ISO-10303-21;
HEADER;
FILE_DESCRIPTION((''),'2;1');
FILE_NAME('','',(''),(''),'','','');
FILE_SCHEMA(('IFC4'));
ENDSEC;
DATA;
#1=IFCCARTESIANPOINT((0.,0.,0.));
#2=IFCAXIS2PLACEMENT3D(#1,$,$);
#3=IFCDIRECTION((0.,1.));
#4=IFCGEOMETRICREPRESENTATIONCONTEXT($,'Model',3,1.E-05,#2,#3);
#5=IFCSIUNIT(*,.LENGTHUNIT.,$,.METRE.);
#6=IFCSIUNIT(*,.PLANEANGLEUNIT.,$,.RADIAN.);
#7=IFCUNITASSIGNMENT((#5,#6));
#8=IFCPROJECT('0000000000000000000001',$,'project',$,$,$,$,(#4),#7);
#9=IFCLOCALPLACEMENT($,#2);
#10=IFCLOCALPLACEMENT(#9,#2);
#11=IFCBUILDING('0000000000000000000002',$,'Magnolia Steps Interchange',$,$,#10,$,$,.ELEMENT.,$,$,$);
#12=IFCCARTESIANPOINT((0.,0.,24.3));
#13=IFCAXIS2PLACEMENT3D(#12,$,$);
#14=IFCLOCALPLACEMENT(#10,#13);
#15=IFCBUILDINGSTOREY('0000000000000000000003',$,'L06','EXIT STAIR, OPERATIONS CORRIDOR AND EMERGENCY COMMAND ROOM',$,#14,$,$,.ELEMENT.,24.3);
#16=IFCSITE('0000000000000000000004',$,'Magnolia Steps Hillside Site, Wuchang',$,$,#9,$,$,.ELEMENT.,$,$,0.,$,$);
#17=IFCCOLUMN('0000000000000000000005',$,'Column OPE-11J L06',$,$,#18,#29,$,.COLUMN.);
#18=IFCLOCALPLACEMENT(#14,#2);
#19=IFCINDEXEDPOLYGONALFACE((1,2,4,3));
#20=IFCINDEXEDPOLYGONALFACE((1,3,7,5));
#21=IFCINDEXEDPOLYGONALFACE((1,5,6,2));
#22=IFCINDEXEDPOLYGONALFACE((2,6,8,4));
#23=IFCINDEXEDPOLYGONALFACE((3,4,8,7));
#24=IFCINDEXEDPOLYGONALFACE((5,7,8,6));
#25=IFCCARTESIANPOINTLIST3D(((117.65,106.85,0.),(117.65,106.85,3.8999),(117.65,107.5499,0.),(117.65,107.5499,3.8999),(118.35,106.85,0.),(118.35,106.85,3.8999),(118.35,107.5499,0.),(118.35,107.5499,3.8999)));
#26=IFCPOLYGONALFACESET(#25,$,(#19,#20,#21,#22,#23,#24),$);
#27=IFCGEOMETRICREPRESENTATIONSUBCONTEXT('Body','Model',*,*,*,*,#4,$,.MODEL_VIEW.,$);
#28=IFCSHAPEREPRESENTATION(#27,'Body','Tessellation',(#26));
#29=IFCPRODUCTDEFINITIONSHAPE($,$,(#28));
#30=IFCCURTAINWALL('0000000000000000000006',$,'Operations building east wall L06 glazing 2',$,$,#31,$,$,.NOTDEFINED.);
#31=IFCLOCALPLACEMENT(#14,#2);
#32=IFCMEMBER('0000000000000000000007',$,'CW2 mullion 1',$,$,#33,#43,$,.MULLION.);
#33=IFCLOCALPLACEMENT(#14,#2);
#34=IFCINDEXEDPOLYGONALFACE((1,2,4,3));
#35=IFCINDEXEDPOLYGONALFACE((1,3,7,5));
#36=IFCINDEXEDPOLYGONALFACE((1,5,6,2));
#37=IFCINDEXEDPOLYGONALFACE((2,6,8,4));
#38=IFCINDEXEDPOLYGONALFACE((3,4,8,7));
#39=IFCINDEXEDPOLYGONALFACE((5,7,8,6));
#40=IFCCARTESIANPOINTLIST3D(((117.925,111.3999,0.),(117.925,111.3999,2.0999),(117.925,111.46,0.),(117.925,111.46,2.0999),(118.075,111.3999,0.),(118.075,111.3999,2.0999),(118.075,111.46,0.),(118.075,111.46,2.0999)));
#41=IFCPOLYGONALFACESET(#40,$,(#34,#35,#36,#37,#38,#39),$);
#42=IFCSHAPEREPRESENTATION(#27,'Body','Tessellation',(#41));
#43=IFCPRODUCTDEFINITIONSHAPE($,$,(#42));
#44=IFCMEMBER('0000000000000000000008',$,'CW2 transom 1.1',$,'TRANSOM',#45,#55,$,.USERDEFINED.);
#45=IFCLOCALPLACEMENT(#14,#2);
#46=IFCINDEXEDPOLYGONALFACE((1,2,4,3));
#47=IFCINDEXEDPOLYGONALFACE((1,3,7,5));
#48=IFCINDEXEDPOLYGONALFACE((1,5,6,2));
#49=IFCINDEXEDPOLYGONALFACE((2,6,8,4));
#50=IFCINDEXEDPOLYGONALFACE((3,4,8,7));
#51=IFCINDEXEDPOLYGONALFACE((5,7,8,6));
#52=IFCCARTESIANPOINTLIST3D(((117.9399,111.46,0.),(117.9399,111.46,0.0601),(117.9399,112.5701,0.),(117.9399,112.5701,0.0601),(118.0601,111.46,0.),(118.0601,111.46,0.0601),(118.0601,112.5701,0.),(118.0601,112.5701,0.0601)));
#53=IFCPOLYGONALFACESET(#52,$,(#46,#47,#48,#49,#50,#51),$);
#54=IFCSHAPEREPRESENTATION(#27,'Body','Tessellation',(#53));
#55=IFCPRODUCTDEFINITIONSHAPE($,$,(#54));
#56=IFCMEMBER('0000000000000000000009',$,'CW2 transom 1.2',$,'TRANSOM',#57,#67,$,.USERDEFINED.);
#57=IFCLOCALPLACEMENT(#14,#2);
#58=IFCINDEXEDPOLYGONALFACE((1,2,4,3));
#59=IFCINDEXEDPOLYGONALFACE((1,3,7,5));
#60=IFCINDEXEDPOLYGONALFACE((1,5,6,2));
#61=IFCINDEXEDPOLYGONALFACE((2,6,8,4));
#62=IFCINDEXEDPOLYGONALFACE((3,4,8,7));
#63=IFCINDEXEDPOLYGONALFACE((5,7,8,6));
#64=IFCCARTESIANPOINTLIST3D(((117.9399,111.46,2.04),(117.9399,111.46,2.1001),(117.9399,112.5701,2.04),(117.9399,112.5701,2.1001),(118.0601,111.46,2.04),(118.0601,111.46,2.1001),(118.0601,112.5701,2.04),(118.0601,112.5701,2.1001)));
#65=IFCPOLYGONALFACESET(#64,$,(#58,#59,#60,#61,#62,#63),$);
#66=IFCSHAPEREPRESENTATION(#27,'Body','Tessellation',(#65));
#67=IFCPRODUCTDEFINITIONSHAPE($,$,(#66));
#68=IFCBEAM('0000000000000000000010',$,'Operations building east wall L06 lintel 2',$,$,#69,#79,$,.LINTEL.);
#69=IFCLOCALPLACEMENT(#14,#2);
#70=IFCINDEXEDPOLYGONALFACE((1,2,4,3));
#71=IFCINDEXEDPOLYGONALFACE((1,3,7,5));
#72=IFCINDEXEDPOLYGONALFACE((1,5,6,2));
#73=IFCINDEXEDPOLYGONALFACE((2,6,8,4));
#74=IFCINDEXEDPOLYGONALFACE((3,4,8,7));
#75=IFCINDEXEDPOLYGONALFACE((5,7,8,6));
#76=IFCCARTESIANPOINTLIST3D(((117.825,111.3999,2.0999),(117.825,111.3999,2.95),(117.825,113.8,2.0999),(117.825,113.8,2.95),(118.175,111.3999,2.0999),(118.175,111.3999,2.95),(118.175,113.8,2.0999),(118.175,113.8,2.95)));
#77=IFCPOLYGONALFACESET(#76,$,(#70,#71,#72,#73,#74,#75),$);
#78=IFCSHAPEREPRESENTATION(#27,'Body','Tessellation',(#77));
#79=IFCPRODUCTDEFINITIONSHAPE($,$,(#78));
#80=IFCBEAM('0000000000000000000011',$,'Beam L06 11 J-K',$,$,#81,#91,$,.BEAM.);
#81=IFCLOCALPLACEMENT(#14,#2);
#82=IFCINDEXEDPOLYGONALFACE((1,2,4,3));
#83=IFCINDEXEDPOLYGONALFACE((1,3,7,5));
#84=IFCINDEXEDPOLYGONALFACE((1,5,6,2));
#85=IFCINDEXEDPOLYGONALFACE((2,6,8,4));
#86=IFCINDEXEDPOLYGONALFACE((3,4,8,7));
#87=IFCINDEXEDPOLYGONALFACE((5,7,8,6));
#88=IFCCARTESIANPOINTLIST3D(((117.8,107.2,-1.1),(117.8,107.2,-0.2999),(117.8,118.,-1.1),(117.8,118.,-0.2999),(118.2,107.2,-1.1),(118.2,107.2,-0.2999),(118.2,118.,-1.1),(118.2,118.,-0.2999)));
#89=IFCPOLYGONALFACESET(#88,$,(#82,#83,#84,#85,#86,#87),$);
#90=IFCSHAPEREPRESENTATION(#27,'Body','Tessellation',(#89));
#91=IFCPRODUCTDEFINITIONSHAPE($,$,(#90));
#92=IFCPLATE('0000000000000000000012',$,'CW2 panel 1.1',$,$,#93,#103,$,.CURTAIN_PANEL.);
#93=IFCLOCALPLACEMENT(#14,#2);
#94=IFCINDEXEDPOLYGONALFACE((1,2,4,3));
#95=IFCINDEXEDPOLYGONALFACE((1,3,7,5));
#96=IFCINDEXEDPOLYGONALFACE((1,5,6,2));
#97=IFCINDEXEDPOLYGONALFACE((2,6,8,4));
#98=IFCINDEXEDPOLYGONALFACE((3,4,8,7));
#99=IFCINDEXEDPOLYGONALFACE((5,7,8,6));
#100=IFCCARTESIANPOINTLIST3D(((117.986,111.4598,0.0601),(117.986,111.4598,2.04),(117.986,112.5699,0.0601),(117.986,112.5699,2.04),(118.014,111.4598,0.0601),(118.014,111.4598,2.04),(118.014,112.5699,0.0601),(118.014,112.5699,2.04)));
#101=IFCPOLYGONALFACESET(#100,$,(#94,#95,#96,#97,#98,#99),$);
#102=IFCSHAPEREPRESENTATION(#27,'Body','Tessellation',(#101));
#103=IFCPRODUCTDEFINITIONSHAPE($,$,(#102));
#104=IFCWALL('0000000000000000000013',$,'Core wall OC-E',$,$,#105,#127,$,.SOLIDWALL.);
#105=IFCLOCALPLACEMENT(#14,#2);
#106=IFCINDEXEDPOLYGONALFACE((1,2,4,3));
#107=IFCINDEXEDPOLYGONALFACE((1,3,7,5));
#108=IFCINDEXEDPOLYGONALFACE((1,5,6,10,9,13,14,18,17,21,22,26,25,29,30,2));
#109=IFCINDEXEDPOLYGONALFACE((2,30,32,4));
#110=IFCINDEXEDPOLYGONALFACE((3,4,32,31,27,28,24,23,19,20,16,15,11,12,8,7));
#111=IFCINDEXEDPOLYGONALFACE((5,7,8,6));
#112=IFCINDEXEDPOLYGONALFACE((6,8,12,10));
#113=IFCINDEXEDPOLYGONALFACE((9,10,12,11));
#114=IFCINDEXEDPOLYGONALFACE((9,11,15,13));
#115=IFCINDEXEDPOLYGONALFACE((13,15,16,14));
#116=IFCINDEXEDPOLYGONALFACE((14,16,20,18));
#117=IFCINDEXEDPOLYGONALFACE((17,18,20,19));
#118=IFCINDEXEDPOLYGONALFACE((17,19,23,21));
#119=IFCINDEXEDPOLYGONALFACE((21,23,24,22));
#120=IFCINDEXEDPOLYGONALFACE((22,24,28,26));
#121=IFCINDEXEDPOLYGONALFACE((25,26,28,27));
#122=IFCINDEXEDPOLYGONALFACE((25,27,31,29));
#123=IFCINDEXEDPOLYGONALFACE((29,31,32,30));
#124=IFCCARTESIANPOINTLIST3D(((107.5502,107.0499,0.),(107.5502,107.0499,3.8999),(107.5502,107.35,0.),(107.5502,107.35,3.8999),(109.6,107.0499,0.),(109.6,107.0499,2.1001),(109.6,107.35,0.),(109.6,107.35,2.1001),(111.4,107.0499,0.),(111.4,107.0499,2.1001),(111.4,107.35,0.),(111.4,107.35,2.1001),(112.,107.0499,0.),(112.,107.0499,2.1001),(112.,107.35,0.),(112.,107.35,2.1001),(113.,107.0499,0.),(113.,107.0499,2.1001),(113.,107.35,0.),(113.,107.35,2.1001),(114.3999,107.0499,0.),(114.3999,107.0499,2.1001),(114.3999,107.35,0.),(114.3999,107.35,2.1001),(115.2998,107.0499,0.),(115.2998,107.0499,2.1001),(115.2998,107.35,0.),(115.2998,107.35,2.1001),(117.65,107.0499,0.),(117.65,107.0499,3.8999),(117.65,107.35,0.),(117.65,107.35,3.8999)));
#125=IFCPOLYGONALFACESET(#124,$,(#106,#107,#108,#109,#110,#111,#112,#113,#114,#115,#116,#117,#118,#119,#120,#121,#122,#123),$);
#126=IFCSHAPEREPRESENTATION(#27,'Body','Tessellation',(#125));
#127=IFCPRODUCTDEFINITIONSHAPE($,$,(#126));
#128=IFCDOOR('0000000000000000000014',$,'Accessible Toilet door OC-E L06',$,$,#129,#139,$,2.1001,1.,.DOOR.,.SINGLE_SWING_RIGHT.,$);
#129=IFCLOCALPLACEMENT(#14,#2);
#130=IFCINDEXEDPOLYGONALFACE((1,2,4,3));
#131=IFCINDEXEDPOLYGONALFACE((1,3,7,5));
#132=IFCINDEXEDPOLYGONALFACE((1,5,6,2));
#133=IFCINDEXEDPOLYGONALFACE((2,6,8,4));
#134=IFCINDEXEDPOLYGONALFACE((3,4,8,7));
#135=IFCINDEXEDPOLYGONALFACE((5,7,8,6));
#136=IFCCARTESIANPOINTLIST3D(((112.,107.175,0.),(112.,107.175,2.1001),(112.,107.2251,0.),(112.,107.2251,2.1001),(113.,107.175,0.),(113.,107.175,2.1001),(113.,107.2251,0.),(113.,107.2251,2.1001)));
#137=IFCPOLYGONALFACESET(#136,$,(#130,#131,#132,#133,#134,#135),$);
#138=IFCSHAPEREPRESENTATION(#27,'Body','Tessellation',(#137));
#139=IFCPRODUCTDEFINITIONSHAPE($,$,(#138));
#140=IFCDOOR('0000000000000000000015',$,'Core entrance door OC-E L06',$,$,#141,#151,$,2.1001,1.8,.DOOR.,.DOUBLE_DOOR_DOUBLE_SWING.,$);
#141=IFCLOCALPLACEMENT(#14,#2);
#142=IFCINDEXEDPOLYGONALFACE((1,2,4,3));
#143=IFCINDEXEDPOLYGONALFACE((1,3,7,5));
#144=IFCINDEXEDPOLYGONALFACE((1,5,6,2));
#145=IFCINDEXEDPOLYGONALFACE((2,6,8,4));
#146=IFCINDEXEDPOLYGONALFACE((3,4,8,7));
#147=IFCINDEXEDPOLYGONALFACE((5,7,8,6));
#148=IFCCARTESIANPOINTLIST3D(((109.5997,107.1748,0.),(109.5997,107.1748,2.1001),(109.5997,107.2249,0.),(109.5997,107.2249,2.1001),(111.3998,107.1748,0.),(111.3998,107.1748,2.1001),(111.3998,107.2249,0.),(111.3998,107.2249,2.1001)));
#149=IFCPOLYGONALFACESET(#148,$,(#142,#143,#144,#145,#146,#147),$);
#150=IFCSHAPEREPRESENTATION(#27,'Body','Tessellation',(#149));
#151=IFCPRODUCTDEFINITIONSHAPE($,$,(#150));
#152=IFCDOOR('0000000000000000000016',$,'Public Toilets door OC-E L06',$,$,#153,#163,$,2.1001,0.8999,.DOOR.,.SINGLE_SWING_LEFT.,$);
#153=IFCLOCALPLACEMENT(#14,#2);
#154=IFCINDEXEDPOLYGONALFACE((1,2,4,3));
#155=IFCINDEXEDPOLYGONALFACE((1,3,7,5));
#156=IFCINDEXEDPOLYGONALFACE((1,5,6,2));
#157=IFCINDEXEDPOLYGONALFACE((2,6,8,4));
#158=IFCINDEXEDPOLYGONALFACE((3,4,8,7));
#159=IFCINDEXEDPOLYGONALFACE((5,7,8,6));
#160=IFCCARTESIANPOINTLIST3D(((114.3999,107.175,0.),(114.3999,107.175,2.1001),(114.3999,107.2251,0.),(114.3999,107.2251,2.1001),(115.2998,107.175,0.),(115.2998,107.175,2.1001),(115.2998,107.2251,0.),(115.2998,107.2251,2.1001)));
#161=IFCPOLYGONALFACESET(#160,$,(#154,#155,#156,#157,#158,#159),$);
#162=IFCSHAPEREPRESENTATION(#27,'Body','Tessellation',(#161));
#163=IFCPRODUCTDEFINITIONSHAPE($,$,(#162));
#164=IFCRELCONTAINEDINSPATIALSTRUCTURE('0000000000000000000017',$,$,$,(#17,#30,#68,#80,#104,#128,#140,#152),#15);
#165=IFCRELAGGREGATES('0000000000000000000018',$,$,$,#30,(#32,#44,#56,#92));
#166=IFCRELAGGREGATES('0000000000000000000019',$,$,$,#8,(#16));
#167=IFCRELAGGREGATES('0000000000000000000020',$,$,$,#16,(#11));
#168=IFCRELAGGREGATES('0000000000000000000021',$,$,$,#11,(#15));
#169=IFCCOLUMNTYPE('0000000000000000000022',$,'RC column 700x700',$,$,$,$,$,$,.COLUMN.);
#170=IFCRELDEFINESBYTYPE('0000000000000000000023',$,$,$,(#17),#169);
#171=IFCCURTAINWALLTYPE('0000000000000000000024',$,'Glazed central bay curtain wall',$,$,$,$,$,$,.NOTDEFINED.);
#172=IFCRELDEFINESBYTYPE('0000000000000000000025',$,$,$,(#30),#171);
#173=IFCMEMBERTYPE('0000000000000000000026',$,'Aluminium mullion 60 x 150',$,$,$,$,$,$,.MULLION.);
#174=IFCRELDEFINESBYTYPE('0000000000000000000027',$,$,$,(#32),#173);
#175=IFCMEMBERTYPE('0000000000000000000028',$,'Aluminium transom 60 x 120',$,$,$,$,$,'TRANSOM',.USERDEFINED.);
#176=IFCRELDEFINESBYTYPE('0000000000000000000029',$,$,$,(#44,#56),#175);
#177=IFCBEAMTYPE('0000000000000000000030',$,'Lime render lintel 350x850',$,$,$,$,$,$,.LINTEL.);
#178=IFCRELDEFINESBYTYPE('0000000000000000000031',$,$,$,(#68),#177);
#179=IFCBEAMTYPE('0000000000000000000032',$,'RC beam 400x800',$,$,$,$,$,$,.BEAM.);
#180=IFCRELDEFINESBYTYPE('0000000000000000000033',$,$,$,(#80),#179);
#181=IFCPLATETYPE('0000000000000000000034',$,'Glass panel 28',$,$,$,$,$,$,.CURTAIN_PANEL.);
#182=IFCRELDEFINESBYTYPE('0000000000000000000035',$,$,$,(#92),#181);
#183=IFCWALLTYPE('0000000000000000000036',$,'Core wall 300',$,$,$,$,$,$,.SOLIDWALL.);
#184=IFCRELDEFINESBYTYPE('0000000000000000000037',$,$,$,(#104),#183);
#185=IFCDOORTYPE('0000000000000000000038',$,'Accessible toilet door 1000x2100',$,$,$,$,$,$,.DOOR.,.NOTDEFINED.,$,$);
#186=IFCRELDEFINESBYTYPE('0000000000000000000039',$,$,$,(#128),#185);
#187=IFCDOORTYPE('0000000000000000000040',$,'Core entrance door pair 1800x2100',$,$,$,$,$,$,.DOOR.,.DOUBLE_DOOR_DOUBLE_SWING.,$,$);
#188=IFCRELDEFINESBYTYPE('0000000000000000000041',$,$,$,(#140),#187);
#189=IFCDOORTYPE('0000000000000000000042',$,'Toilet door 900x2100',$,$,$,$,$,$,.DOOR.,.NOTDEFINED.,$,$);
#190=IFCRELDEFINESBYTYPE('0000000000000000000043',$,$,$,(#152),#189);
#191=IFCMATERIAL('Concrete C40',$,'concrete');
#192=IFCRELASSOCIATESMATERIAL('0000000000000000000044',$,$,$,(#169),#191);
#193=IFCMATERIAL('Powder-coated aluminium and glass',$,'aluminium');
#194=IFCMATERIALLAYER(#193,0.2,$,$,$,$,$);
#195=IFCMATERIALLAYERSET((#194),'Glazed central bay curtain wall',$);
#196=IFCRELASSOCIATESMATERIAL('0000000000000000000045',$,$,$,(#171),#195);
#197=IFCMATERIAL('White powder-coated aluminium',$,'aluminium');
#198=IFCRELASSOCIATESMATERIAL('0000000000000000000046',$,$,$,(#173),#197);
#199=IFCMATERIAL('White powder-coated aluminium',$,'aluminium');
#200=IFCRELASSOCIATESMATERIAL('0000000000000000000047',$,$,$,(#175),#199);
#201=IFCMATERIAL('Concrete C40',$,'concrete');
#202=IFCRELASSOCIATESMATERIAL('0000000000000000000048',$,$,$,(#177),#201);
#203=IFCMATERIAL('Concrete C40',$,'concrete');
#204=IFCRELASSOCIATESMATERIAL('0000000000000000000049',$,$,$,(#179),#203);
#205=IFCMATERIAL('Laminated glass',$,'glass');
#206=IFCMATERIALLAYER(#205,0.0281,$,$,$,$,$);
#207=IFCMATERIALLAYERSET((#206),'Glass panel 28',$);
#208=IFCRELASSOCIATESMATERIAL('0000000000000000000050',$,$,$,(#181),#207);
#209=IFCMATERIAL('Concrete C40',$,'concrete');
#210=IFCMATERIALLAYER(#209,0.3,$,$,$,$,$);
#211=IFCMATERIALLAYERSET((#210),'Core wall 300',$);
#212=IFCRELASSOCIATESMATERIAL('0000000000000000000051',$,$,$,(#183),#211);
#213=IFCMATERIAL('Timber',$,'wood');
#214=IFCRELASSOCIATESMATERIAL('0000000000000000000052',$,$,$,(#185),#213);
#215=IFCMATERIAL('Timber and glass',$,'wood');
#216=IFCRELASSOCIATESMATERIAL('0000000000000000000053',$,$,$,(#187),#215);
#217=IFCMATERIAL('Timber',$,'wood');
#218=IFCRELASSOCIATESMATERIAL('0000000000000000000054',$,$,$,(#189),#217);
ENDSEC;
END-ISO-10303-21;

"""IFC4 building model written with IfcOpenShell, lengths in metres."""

from ifc_helpers import new_model, si_unit, direction, frame, frame_2d, origin, origin_2d, place, context, subcontext, project, spatial, rectangle, extrude, material, layer, layer_set, material_profile, profile_set, type_object, element, fill, aggregate, save


model = new_model("IFC4")

# Units and contexts
model_context = context("Model", 3, precision=1e-05, world=origin(), true_north=direction((0.0, 1.0)))
body_context = subcontext(model_context, "Body", "Model", "MODEL_VIEW")
ifc_project = project(units=[si_unit("LENGTHUNIT", "METRE"), si_unit("PLANEANGLEUNIT", "RADIAN")], contexts=[model_context])

# Site, building, storey
site_placement = place(None, origin())
site = spatial("IfcSite", under=ifc_project, at=site_placement, Name="Magnolia Steps Hillside Site, Wuchang", CompositionType="ELEMENT", RefElevation=0.0)
building_placement = place(site_placement, origin())
building = spatial("IfcBuilding", under=site, at=building_placement, Name="Magnolia Steps Interchange", CompositionType="ELEMENT")
storey_placement = place(building_placement, frame((0.0, 0.0, 24.3)))
storey = spatial("IfcBuildingStorey", under=building, at=storey_placement, Name="L06", Description="EXIT STAIR, OPERATIONS CORRIDOR AND EMERGENCY COMMAND ROOM", CompositionType="ELEMENT", Elevation=24.3)

# Column
ifc_material_1 = material(Name="Concrete C40", Category="concrete")
ifc_material_profile_1 = material_profile(ifc_material_1, rectangle(XDim=0.7, YDim=0.7, at=origin_2d()), Name="RC700x700")
ifc_profile_set_1 = profile_set([ifc_material_profile_1], Name="Concrete C40")
column_type = type_object("IfcColumnType", Name="RC column 700x700", PredefinedType="COLUMN", material=ifc_profile_set_1)
column_placement = place(storey_placement, frame((118.0, 107.2, 0.0), z_axis=(0.0, 0.0, 1.0), x_axis=(1.0, 0.0, 0.0)))
element("IfcColumn", 1, at=column_placement, inside=storey, type_object=column_type, Name="Column OPE-11J L06", PredefinedType="COLUMN", context=body_context, shape_type="SweptSolid", body=[
    extrude(rectangle(XDim=0.7, YDim=0.7, at=origin_2d()), origin(), (0.0, 0.0, 1.0), 3.8999),
])

# Curtain wall, members
ifc_material_2 = material(Name="Powder-coated aluminium and glass", Category="aluminium")
ifc_layer_1 = layer(ifc_material_2, 0.2)
ifc_layer_set_1 = layer_set([ifc_layer_1], Name="Glazed central bay curtain wall")
curtain_wall_type = type_object("IfcCurtainWallType", Name="Glazed central bay curtain wall", PredefinedType="NOTDEFINED", material=ifc_layer_set_1)
curtain_wall_placement = place(storey_placement, origin())
curtain_wall = element("IfcCurtainWall", 2, at=curtain_wall_placement, inside=storey, type_object=curtain_wall_type, Name="Operations building east wall L06 glazing 2", PredefinedType="NOTDEFINED")
ifc_material_3 = material(Name="White powder-coated aluminium", Category="aluminium")
ifc_material_profile_2 = material_profile(ifc_material_3, rectangle(XDim=0.0601, YDim=0.1499, at=origin_2d()), Name="Aluminium mullion 60 x 150")
ifc_profile_set_2 = profile_set([ifc_material_profile_2], Name="White powder-coated aluminium")
member_type_1 = type_object("IfcMemberType", Name="Aluminium mullion 60 x 150", PredefinedType="MULLION", material=ifc_profile_set_2)
member_1_placement = place(storey_placement, frame((118.0, 111.4299, 0.0), z_axis=(0.0, 0.0, 1.0), x_axis=(0.0, 1.0, 0.0)))
member_1 = element("IfcMember", 3, at=member_1_placement, type_object=member_type_1, Name="CW2 mullion 1", PredefinedType="MULLION", context=body_context, shape_type="SweptSolid", body=[
    extrude(rectangle(XDim=0.0601, YDim=0.1499, at=origin_2d()), origin(), (0.0, 0.0, 1.0), 2.0999),
])
ifc_material_4 = material(Name="White powder-coated aluminium", Category="aluminium")
ifc_material_profile_3 = material_profile(ifc_material_4, rectangle(XDim=0.0601, YDim=0.1201, at=origin_2d()), Name="Aluminium transom 60 x 120")
ifc_profile_set_3 = profile_set([ifc_material_profile_3], Name="White powder-coated aluminium")
member_type_2 = type_object("IfcMemberType", Name="Aluminium transom 60 x 120", ElementType="TRANSOM", PredefinedType="USERDEFINED", material=ifc_profile_set_3)
member_2_placement = place(storey_placement, frame((118.0, 111.46, 0.03), z_axis=(0.0, 1.0, 0.0), x_axis=(0.0, 0.0, 1.0)))
member_2 = element("IfcMember", 4, at=member_2_placement, type_object=member_type_2, Name="CW2 transom 1.1", ObjectType="TRANSOM", PredefinedType="USERDEFINED", context=body_context, shape_type="SweptSolid", body=[
    extrude(rectangle(XDim=0.0601, YDim=0.1201, at=origin_2d()), origin(), (0.0, 0.0, 1.0), 1.1101),
])
member_3_placement = place(storey_placement, frame((118.0, 111.46, 2.0701), z_axis=(0.0, 1.0, 0.0), x_axis=(0.0, 0.0, 1.0)))
member_3 = element("IfcMember", 5, at=member_3_placement, type_object=member_type_2, Name="CW2 transom 1.2", ObjectType="TRANSOM", PredefinedType="USERDEFINED", context=body_context, shape_type="SweptSolid", body=[
    extrude(rectangle(XDim=0.0601, YDim=0.1201, at=origin_2d()), origin(), (0.0, 0.0, 1.0), 1.1101),
])

# Beams
ifc_material_5 = material(Name="Concrete C40", Category="concrete")
ifc_material_profile_4 = material_profile(ifc_material_5, rectangle(XDim=0.3501, YDim=0.8501, at=origin_2d()), Name="RC350x850")
ifc_profile_set_4 = profile_set([ifc_material_profile_4], Name="Concrete C40")
beam_type_1 = type_object("IfcBeamType", Name="Lime render lintel 350x850", PredefinedType="LINTEL", material=ifc_profile_set_4)
beam_1_placement = place(storey_placement, frame((118.0, 111.3999, 2.5249), z_axis=(0.0, 1.0, 0.0), x_axis=(-1.0, 0.0, 0.0)))
element("IfcBeam", 6, at=beam_1_placement, inside=storey, type_object=beam_type_1, Name="Operations building east wall L06 lintel 2", PredefinedType="LINTEL", context=body_context, shape_type="SweptSolid", body=[
    extrude(rectangle(XDim=0.3501, YDim=0.8501, at=origin_2d()), origin(), (0.0, 0.0, 1.0), 2.4001),
])
ifc_material_6 = material(Name="Concrete C40", Category="concrete")
ifc_material_profile_5 = material_profile(ifc_material_6, rectangle(XDim=0.3999, YDim=0.8, at=origin_2d()), Name="RC400x800")
ifc_profile_set_5 = profile_set([ifc_material_profile_5], Name="Concrete C40")
beam_type_2 = type_object("IfcBeamType", Name="RC beam 400x800", PredefinedType="BEAM", material=ifc_profile_set_5)
beam_2_placement = place(storey_placement, frame((118.0, 107.2, -0.7), z_axis=(0.0, 1.0, 0.0), x_axis=(-1.0, 0.0, 0.0)))
element("IfcBeam", 7, at=beam_2_placement, inside=storey, type_object=beam_type_2, Name="Beam L06 11 J-K", PredefinedType="BEAM", context=body_context, shape_type="SweptSolid", body=[
    extrude(rectangle(XDim=0.3999, YDim=0.8, at=origin_2d()), origin(), (0.0, 0.0, 1.0), 10.8),
])

# Plate
ifc_material_7 = material(Name="Laminated glass", Category="glass")
ifc_layer_2 = layer(ifc_material_7, 0.0281)
ifc_layer_set_2 = layer_set([ifc_layer_2], Name="Glass panel 28")
plate_type = type_object("IfcPlateType", Name="Glass panel 28", PredefinedType="CURTAIN_PANEL", material=ifc_layer_set_2)
plate_placement = place(storey_placement, frame((118.0, 112.0149, 0.0601), z_axis=(0.0, 0.0, 1.0), x_axis=(0.0, 1.0, 0.0)))
plate = element("IfcPlate", 8, at=plate_placement, type_object=plate_type, Name="CW2 panel 1.1", PredefinedType="CURTAIN_PANEL", context=body_context, shape_type="SweptSolid", body=[
    extrude(rectangle(XDim=1.1101, YDim=0.0281, at=origin_2d()), origin(), (0.0, 0.0, 1.0), 1.98),
])
aggregate(curtain_wall, [member_1, member_2, member_3, plate])

# Wall, openings, doors
ifc_material_8 = material(Name="Concrete C40", Category="concrete")
ifc_layer_3 = layer(ifc_material_8, 0.3)
ifc_layer_set_3 = layer_set([ifc_layer_3], Name="Core wall 300")
wall_type_1 = type_object("IfcWallType", Name="Core wall 300", PredefinedType="SOLIDWALL", material=ifc_layer_set_3)
wall_1_placement = place(storey_placement, frame((117.6499, 107.2, 0.0), z_axis=(0.0, 0.0, 1.0), x_axis=(-1.0, 0.0, 0.0)))
wall_1 = element("IfcWall", 9, at=wall_1_placement, inside=storey, type_object=wall_type_1, Name="Core wall OC-E", PredefinedType="SOLIDWALL", context=body_context, shape_type="SweptSolid", body=[
    extrude(rectangle(XDim=10.0999, YDim=0.3, at=frame_2d((5.0498, 0.0))), origin(), (0.0, 0.0, 1.0), 3.8999),
])
opening_1_placement = place(wall_1_placement, frame((6.25, 0.0, 0.0)))
opening_1 = element("IfcOpeningElement", 10, at=opening_1_placement, cuts=wall_1, PredefinedType="OPENING", context=body_context, shape_type="SweptSolid", body=[
    extrude(rectangle(XDim=1.8, YDim=2.1001, at=frame_2d((0.8999, 1.05))), frame((0.0, 0.1599, 0.0), z_axis=(0.0, -1.0, 0.0), x_axis=(1.0, 0.0, 0.0)), (0.0, 0.0, 1.0), 0.3201),
])
opening_2_placement = place(wall_1_placement, frame((4.6499, 0.0, 0.0)))
opening_2 = element("IfcOpeningElement", 11, at=opening_2_placement, cuts=wall_1, PredefinedType="OPENING", context=body_context, shape_type="SweptSolid", body=[
    extrude(rectangle(XDim=1.0, YDim=2.1001, at=frame_2d((0.5, 1.05))), frame((0.0, 0.1599, 0.0), z_axis=(0.0, -1.0, 0.0), x_axis=(1.0, 0.0, 0.0)), (0.0, 0.0, 1.0), 0.3201),
])
opening_3_placement = place(wall_1_placement, frame((2.3501, 0.0, 0.0)))
opening_3 = element("IfcOpeningElement", 12, at=opening_3_placement, cuts=wall_1, PredefinedType="OPENING", context=body_context, shape_type="SweptSolid", body=[
    extrude(rectangle(XDim=0.8999, YDim=2.1001, at=frame_2d((0.45, 1.05))), frame((0.0, 0.1599, 0.0), z_axis=(0.0, -1.0, 0.0), x_axis=(1.0, 0.0, 0.0)), (0.0, 0.0, 1.0), 0.3201),
])
ifc_material_9 = material(Name="Timber", Category="wood")
door_type_1 = type_object("IfcDoorType", Name="Accessible toilet door 1000x2100", OperationType="NOTDEFINED", PredefinedType="DOOR", material=ifc_material_9)
door_1_placement = place(opening_2_placement, origin())
door_1 = element("IfcDoor", 13, at=door_1_placement, inside=storey, type_object=door_type_1, Name="Accessible Toilet door OC-E L06", OperationType="SINGLE_SWING_RIGHT", OverallHeight=2.1001, OverallWidth=1.0, PredefinedType="DOOR", context=body_context, shape_type="SweptSolid", body=[
    extrude(rectangle(XDim=1.0, YDim=2.1001, at=frame_2d((0.5, 1.05))), frame((0.0, 0.0249, 0.0), z_axis=(0.0, -1.0, 0.0), x_axis=(1.0, 0.0, 0.0)), (0.0, 0.0, 1.0), 0.05),
])
fill(opening_2, door_1)
ifc_material_10 = material(Name="Timber and glass", Category="wood")
door_type_2 = type_object("IfcDoorType", Name="Core entrance door pair 1800x2100", OperationType="DOUBLE_DOOR_DOUBLE_SWING", PredefinedType="DOOR", material=ifc_material_10)
door_2_placement = place(opening_1_placement, frame((1.8, 0.0, 0.0), z_axis=(0.0, 0.0, 1.0), x_axis=(-1.0, 0.0, 0.0)))
door_2 = element("IfcDoor", 14, at=door_2_placement, inside=storey, type_object=door_type_2, Name="Core entrance door OC-E L06", OperationType="DOUBLE_DOOR_DOUBLE_SWING", OverallHeight=2.1001, OverallWidth=1.8, PredefinedType="DOOR", context=body_context, shape_type="SweptSolid", body=[
    extrude(rectangle(XDim=1.8, YDim=2.1001, at=frame_2d((0.8999, 1.05))), frame((0.0, 0.0249, 0.0), z_axis=(0.0, -1.0, 0.0), x_axis=(1.0, 0.0, 0.0)), (0.0, 0.0, 1.0), 0.05),
])
fill(opening_1, door_2)
ifc_material_11 = material(Name="Timber", Category="wood")
door_type_3 = type_object("IfcDoorType", Name="Toilet door 900x2100", OperationType="NOTDEFINED", PredefinedType="DOOR", material=ifc_material_11)
door_3_placement = place(opening_3_placement, origin())
door_3 = element("IfcDoor", 15, at=door_3_placement, inside=storey, type_object=door_type_3, Name="Public Toilets door OC-E L06", OperationType="SINGLE_SWING_LEFT", OverallHeight=2.1001, OverallWidth=0.8999, PredefinedType="DOOR", context=body_context, shape_type="SweptSolid", body=[
    extrude(rectangle(XDim=0.8999, YDim=2.1001, at=frame_2d((0.45, 1.05))), frame((0.0, 0.0249, 0.0), z_axis=(0.0, -1.0, 0.0), x_axis=(1.0, 0.0, 0.0)), (0.0, 0.0, 1.0), 0.05),
])
fill(opening_3, door_3)

save(model, "model.ifc")
